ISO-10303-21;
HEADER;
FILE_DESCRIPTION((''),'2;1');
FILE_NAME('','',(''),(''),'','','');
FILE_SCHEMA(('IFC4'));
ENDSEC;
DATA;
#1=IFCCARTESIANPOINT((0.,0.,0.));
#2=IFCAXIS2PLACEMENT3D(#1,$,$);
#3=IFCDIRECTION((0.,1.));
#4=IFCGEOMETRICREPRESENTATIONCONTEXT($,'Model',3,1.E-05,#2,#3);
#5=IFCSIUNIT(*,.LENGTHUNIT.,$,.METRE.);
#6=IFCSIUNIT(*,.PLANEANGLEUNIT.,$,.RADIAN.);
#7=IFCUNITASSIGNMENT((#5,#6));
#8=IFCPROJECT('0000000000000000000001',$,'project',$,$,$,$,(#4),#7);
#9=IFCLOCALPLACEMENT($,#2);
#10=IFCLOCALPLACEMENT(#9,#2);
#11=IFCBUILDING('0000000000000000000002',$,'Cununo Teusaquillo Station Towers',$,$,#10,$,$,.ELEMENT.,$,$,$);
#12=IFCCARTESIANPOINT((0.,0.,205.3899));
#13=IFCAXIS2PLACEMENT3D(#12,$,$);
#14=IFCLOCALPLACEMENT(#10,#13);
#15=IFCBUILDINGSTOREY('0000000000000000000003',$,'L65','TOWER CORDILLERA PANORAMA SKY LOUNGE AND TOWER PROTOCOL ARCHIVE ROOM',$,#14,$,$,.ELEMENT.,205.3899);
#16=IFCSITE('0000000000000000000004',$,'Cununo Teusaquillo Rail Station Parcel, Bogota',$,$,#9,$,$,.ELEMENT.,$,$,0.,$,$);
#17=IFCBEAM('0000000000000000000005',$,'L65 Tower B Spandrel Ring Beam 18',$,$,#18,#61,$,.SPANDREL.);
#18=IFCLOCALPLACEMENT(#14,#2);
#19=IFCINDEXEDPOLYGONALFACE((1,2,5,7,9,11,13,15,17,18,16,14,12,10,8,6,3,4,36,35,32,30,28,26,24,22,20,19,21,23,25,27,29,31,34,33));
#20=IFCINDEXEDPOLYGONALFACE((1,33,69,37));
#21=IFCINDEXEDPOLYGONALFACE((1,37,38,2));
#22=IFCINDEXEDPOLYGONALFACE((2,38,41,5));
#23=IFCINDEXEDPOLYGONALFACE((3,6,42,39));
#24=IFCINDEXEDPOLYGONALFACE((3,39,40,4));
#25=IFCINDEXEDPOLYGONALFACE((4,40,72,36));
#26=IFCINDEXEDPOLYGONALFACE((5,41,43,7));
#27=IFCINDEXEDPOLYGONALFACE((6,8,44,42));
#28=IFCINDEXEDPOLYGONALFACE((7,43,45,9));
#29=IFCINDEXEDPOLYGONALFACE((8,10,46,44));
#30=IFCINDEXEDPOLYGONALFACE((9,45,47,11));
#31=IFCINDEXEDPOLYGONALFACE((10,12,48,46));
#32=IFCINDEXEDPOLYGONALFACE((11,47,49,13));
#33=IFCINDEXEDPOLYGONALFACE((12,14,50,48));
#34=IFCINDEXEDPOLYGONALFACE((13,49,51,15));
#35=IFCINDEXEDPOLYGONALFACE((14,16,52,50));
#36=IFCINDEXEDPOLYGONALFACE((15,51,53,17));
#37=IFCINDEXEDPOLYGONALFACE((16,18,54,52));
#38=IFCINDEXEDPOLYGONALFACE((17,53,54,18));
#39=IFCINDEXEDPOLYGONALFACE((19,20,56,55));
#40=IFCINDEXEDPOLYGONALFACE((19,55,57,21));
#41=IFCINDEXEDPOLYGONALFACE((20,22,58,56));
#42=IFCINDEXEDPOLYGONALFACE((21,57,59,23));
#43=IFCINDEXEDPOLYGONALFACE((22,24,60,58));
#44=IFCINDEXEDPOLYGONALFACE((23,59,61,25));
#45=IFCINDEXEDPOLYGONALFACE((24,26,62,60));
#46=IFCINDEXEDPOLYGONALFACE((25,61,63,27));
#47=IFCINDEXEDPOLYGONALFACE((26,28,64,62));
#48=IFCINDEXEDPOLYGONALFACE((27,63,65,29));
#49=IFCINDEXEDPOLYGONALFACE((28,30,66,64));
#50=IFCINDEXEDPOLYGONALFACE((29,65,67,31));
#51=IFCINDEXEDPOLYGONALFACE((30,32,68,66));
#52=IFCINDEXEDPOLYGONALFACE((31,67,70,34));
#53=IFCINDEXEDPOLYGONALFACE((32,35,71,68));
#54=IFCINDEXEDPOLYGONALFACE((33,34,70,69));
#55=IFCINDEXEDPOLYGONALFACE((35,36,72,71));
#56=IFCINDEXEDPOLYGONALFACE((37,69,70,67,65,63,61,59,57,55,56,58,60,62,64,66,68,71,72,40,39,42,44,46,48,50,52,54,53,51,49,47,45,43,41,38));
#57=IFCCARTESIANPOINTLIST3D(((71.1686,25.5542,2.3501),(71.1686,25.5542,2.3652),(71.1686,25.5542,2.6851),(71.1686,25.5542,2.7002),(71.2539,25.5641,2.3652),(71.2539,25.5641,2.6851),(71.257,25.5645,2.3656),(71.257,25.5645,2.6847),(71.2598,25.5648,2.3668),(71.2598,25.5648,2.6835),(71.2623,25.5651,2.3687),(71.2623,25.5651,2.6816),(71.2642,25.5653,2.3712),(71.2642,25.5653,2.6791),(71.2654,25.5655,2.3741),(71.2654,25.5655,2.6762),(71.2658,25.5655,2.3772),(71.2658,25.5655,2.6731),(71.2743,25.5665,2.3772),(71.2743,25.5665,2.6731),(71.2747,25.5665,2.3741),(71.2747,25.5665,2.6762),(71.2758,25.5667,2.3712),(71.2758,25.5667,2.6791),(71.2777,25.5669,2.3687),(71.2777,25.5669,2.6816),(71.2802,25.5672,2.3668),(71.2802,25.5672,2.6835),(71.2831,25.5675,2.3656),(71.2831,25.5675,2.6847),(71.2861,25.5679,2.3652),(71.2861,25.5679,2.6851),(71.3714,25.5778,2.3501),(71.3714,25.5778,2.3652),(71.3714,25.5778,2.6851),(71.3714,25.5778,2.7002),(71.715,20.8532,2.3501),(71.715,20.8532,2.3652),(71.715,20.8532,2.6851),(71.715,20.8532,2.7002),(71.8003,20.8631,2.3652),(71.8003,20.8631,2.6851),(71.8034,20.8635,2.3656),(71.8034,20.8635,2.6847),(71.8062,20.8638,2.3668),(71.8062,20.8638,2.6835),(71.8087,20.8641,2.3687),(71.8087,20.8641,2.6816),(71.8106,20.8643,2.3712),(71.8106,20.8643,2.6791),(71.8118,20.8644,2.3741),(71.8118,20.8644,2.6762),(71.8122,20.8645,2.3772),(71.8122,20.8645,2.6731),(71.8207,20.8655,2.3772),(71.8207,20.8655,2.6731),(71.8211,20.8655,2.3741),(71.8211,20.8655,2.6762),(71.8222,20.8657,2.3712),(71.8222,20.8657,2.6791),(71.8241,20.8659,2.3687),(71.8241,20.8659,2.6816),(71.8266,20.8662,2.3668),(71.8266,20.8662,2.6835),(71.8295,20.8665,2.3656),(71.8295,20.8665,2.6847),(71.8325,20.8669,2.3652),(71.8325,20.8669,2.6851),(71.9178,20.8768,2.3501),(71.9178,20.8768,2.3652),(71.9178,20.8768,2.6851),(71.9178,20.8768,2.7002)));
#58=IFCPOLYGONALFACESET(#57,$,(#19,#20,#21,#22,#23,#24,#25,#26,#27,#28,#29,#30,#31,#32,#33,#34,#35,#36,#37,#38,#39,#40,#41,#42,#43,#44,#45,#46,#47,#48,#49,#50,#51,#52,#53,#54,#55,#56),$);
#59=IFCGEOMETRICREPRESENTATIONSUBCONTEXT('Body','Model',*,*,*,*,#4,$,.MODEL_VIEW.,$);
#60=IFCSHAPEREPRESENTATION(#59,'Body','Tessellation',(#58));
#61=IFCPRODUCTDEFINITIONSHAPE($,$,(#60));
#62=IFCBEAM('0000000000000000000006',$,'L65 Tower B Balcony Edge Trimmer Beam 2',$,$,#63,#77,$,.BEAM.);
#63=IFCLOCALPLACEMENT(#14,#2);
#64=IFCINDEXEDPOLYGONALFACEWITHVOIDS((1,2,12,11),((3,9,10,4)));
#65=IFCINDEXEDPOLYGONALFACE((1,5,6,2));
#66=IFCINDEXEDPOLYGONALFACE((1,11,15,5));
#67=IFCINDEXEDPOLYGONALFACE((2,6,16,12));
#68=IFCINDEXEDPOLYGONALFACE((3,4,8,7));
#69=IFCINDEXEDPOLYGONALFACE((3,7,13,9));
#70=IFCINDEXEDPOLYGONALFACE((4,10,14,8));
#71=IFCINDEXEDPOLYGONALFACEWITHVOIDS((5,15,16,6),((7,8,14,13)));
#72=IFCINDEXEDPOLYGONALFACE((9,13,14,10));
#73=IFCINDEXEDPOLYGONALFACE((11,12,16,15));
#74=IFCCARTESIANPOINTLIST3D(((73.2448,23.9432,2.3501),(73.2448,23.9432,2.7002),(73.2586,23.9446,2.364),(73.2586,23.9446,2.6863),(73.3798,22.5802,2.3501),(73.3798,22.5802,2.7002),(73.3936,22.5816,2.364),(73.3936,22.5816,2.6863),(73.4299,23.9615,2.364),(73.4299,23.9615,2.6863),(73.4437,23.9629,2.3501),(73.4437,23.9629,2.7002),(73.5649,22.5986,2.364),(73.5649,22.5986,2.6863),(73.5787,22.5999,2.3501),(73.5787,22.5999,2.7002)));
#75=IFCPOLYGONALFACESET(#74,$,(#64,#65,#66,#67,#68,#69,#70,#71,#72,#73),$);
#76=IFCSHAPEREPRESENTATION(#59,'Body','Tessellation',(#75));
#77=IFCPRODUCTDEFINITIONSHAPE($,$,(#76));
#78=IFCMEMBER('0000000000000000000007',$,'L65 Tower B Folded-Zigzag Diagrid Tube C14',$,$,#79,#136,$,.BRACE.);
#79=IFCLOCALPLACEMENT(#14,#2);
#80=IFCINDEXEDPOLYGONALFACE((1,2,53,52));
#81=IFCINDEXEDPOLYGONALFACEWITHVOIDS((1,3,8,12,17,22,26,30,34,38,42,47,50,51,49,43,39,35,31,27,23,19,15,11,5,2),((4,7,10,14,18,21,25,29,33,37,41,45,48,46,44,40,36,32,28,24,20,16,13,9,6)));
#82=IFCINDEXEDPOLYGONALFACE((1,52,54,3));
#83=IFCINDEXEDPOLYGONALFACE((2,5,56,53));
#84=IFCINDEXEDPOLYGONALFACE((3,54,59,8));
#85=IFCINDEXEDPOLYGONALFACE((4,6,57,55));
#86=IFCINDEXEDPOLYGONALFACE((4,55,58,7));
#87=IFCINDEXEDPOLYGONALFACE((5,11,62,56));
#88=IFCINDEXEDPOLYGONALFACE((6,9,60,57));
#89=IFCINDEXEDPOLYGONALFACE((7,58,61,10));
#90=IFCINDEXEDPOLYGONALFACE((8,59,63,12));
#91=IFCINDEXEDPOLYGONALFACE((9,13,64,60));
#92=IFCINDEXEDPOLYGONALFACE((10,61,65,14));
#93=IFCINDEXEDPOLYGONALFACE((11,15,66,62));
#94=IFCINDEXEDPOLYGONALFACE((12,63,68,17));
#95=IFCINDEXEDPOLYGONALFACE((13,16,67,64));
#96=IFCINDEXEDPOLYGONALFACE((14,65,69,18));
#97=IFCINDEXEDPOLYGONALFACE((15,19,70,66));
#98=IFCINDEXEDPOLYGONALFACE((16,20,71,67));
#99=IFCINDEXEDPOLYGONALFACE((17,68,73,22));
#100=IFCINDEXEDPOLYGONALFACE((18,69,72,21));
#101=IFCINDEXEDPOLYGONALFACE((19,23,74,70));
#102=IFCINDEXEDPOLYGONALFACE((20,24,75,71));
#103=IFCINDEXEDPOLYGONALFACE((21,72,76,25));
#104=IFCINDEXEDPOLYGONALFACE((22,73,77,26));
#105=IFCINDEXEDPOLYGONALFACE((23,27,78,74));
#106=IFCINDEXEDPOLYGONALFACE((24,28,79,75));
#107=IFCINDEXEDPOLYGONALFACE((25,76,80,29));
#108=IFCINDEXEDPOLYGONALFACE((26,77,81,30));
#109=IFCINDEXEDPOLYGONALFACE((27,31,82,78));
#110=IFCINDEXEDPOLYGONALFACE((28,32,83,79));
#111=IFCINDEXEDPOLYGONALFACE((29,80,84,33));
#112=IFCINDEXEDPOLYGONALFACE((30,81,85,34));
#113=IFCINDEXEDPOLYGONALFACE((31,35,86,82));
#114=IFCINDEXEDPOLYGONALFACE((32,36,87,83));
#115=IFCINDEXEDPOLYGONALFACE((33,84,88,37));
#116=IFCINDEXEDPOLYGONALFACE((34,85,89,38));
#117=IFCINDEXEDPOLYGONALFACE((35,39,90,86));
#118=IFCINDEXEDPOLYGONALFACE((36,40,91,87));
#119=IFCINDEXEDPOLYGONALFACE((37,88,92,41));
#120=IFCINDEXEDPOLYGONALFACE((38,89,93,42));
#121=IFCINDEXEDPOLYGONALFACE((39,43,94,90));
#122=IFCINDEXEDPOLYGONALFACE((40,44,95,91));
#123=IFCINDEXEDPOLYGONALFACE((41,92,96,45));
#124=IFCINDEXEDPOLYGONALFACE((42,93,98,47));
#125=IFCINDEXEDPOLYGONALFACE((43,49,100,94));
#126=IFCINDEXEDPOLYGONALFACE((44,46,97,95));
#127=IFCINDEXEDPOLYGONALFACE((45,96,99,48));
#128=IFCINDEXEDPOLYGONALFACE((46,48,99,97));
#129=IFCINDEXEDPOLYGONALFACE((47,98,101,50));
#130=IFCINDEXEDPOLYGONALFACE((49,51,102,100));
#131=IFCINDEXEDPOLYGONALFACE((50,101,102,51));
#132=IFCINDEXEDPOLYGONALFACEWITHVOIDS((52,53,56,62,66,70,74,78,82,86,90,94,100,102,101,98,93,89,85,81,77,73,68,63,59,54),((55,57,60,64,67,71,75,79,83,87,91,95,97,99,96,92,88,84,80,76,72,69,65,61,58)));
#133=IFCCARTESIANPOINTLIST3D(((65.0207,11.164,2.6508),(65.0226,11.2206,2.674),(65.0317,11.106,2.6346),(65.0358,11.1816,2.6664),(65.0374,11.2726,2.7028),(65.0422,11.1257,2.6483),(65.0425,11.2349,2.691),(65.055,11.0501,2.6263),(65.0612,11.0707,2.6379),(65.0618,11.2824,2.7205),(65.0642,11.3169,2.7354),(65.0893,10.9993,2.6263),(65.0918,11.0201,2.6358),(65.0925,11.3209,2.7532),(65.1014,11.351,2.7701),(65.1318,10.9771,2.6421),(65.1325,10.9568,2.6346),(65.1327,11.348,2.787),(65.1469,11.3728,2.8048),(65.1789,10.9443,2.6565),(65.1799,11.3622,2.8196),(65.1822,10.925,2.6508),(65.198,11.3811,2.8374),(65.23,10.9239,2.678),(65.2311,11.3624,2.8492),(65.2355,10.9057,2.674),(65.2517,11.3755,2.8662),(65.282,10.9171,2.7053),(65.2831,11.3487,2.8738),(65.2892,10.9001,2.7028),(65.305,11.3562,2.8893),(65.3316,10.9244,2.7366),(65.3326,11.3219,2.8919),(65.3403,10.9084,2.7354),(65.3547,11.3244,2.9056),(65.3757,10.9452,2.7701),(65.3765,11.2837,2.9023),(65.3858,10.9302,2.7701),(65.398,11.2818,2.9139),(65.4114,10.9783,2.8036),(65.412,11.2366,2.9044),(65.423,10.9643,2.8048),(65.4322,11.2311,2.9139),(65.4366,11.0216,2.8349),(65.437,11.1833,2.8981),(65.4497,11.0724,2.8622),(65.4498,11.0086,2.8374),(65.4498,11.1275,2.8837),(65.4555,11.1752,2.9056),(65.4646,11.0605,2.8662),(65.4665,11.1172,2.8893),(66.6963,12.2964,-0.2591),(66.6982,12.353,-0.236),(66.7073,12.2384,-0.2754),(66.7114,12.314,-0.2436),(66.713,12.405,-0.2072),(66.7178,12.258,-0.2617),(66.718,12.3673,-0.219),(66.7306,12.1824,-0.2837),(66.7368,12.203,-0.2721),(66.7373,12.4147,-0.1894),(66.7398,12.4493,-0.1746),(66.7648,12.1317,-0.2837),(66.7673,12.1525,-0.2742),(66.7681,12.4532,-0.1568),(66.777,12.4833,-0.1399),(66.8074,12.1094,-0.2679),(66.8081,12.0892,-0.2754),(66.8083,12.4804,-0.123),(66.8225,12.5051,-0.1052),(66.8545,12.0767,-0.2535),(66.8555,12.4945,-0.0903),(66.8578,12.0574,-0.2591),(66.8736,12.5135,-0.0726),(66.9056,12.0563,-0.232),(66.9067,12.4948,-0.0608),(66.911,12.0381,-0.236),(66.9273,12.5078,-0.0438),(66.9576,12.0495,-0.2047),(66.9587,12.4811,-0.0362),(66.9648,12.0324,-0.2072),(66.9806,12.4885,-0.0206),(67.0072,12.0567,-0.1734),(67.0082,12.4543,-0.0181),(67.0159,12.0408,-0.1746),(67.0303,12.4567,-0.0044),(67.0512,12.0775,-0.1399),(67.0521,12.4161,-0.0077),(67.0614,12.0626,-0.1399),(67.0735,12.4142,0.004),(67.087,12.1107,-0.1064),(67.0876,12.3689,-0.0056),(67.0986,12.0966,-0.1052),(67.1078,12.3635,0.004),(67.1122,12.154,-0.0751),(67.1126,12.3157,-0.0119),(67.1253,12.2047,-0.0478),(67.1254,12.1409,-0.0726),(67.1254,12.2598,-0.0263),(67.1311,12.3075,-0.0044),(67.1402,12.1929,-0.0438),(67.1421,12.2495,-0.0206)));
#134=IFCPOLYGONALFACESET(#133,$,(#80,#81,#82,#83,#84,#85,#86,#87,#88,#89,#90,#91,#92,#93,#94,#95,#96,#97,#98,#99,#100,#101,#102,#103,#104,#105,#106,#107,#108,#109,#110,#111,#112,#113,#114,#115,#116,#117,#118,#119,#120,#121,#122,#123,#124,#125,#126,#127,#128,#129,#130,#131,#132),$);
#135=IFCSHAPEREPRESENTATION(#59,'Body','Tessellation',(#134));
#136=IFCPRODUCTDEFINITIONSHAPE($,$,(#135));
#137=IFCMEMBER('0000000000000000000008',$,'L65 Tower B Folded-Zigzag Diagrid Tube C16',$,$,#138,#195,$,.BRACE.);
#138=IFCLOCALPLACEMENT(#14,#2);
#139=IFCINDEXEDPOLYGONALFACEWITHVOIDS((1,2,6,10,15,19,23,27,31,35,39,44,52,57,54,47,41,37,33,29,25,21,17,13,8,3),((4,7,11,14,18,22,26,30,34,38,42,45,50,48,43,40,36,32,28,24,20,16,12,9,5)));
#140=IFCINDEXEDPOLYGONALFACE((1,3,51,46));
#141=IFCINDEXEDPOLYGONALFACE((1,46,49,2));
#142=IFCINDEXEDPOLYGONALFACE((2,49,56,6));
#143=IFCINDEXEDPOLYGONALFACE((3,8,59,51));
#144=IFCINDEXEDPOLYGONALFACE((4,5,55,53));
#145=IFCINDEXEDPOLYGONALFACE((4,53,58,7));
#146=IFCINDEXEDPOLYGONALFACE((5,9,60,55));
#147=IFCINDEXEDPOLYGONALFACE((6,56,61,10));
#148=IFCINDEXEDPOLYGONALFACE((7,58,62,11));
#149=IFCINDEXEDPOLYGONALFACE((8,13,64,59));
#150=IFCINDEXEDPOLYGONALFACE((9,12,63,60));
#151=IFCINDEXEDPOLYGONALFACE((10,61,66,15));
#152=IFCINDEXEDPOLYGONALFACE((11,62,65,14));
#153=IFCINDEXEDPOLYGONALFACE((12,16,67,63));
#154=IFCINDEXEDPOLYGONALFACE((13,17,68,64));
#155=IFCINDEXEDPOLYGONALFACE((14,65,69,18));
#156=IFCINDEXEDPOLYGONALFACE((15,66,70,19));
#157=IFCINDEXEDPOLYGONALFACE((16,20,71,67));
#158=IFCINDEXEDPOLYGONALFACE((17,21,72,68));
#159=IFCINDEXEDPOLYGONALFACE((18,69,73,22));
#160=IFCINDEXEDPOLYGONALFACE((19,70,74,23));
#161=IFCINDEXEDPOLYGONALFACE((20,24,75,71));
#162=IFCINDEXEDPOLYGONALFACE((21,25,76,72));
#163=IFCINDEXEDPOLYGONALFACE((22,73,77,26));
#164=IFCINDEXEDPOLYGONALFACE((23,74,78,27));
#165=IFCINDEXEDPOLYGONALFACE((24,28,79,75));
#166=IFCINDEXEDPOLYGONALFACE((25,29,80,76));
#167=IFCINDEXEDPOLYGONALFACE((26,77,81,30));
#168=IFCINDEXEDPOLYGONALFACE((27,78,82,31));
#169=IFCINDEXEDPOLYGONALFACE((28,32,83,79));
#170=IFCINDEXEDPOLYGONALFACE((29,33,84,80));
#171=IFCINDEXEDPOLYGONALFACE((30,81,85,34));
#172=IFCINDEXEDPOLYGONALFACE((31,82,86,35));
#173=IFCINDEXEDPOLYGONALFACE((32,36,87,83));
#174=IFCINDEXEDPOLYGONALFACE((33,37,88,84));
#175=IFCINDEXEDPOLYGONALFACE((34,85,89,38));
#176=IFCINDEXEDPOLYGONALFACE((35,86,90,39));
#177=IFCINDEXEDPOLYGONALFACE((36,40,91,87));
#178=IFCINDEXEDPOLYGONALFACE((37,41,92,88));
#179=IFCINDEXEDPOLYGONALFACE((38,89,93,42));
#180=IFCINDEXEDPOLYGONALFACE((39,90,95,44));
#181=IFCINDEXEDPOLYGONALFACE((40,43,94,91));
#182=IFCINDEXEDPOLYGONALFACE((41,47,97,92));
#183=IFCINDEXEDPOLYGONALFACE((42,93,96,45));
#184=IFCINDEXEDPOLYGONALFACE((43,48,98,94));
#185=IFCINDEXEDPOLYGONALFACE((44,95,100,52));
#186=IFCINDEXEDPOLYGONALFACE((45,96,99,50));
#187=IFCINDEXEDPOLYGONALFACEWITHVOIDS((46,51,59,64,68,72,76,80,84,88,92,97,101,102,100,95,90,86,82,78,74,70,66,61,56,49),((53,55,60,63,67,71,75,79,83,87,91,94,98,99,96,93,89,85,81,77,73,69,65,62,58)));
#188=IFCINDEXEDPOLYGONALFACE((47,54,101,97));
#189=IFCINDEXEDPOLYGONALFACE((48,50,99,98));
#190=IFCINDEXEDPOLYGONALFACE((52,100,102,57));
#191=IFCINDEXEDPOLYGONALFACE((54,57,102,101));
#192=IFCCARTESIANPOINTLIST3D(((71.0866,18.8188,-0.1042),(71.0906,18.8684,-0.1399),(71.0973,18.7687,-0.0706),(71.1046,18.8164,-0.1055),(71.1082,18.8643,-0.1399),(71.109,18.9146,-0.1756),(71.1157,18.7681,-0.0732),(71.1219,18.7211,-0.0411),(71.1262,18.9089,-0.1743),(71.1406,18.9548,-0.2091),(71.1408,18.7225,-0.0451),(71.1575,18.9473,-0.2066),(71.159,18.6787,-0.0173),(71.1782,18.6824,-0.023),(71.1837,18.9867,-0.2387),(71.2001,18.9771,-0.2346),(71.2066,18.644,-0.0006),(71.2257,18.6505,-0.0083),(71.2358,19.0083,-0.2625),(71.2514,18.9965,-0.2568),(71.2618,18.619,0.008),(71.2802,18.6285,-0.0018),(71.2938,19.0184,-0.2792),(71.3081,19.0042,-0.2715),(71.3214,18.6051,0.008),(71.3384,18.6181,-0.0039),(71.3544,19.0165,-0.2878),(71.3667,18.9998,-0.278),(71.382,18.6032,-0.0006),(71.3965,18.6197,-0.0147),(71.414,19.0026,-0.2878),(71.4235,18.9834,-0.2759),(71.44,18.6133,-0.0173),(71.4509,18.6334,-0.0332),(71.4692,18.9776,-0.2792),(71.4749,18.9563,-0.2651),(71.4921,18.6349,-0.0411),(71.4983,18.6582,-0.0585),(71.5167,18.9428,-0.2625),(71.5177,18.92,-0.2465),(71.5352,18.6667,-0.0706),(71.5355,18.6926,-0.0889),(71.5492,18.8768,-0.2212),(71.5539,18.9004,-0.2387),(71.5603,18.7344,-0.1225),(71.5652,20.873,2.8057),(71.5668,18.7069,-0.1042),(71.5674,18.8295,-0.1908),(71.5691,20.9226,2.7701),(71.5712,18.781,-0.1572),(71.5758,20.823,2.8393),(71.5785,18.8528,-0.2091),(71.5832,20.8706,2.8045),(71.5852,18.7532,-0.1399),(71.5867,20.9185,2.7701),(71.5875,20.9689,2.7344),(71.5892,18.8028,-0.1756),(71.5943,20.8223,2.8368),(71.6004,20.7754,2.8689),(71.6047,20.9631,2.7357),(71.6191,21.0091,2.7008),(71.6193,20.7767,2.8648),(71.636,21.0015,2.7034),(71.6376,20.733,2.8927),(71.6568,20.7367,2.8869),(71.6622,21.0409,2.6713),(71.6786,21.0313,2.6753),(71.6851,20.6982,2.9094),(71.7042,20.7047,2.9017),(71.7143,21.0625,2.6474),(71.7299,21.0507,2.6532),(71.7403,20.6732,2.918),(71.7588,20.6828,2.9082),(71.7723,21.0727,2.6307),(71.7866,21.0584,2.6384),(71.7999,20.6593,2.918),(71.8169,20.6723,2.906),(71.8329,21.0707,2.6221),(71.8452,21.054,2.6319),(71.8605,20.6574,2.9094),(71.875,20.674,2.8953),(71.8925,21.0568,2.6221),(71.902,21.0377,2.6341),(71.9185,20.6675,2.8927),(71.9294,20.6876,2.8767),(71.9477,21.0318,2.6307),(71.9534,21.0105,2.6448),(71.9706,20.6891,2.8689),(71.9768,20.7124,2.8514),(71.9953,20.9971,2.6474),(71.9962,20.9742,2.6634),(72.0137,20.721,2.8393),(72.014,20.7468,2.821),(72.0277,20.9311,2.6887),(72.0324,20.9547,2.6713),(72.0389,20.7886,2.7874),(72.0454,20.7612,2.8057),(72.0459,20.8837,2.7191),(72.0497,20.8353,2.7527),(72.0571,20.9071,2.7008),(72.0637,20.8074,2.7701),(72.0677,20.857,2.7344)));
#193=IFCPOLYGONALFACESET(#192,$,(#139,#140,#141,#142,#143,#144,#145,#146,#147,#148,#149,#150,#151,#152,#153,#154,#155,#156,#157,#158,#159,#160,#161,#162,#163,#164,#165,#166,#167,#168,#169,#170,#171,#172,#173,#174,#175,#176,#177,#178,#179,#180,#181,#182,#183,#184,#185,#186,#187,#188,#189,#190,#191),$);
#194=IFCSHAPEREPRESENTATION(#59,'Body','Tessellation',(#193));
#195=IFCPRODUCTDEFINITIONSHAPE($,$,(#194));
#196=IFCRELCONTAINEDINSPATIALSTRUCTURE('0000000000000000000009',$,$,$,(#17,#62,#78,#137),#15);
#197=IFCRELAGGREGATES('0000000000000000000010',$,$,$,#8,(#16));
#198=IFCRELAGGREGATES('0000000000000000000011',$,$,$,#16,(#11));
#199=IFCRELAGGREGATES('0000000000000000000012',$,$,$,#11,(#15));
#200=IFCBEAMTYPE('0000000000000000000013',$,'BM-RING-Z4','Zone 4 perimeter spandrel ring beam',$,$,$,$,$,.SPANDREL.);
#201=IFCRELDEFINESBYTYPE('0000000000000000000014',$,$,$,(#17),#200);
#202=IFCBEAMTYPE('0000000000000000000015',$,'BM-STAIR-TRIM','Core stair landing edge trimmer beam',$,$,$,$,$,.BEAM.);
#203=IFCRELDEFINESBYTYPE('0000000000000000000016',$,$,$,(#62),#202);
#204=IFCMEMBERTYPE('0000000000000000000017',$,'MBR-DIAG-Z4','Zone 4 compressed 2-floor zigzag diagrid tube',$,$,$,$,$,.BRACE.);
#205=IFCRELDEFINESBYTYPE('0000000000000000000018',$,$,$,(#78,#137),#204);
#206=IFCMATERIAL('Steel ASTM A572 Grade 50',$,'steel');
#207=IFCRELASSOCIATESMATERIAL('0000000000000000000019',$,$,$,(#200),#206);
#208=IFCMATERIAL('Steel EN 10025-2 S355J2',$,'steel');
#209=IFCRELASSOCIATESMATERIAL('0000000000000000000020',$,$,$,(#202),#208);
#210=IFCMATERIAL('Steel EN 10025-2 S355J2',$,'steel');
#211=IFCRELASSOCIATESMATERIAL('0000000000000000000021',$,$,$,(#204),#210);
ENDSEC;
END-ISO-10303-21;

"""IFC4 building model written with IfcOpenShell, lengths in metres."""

from ifc_helpers import new_model, si_unit, direction, frame, origin, origin_2d, place, context, subcontext, project, spatial, hollow_rectangle, hollow_circle, i_section, extrude, material, material_profile, profile_set, type_object, element, save


model = new_model("IFC4")

# Units and contexts
model_context = context("Model", 3, precision=1e-05, world=origin(), true_north=direction((0.0, 1.0)))
body_context = subcontext(model_context, "Body", "Model", "MODEL_VIEW")
ifc_project = project(units=[si_unit("LENGTHUNIT", "METRE"), si_unit("PLANEANGLEUNIT", "RADIAN")], contexts=[model_context])

# Site, building, storey
site_placement = place(None, origin())
site = spatial("IfcSite", under=ifc_project, at=site_placement, Name="Cununo Teusaquillo Rail Station Parcel, Bogota", CompositionType="ELEMENT", RefElevation=0.0)
building_placement = place(site_placement, origin())
building = spatial("IfcBuilding", under=site, at=building_placement, Name="Cununo Teusaquillo Station Towers", CompositionType="ELEMENT")
storey_placement = place(building_placement, frame((0.0, 0.0, 205.3899)))
storey = spatial("IfcBuildingStorey", under=building, at=storey_placement, Name="L65", Description="TOWER CORDILLERA PANORAMA SKY LOUNGE AND TOWER PROTOCOL ARCHIVE ROOM", CompositionType="ELEMENT", Elevation=205.3899)

# Beams
ifc_material_1 = material(Name="Steel ASTM A572 Grade 50", Category="steel")
ifc_material_profile_1 = material_profile(ifc_material_1, i_section(OverallWidth=0.2041, OverallDepth=0.3501, WebThickness=0.0085, FlangeThickness=0.0151, FilletRadius=0.012, at=origin_2d()), Name="W14X48")
ifc_profile_set_1 = profile_set([ifc_material_profile_1], Name="Steel ASTM A572 Grade 50")
beam_type_1 = type_object("IfcBeamType", Name="BM-RING-Z4", Description="Zone 4 perimeter spandrel ring beam", PredefinedType="SPANDREL", material=ifc_profile_set_1)
beam_1_placement = place(storey_placement, frame((71.8164, 20.865, 2.5251), z_axis=(-0.115452, 0.993313, 0.0), x_axis=(-0.993313, -0.115452, 0.0)))
element("IfcBeam", 1, at=beam_1_placement, inside=storey, type_object=beam_type_1, Name="L65 Tower B Spandrel Ring Beam 18", PredefinedType="SPANDREL", context=body_context, shape_type="SweptSolid", body=[
    extrude(i_section(OverallWidth=0.2041, OverallDepth=0.3501, WebThickness=0.0085, FlangeThickness=0.0151, FilletRadius=0.012, at=origin_2d()), origin(), (0.0, 0.0, 1.0), 4.7327),
])
ifc_material_2 = material(Name="Steel EN 10025-2 S355J2", Category="steel")
ifc_material_profile_2 = material_profile(ifc_material_2, hollow_rectangle(XDim=0.2, YDim=0.3501, WallThickness=0.0139, at=origin_2d()), Name="RHS 350x200x14")
ifc_profile_set_2 = profile_set([ifc_material_profile_2], Name="Steel EN 10025-2 S355J2")
beam_type_2 = type_object("IfcBeamType", Name="BM-STAIR-TRIM", Description="Core stair landing edge trimmer beam", PredefinedType="BEAM", material=ifc_profile_set_2)
beam_2_placement = place(storey_placement, frame((73.4792, 22.5901, 2.5251), z_axis=(-0.098568, 0.99513, 0.0), x_axis=(-0.99513, -0.098568, 0.0)))
element("IfcBeam", 2, at=beam_2_placement, inside=storey, type_object=beam_type_2, Name="L65 Tower B Balcony Edge Trimmer Beam 2", PredefinedType="BEAM", context=body_context, shape_type="SweptSolid", body=[
    extrude(hollow_rectangle(XDim=0.2, YDim=0.3501, WallThickness=0.0139, at=origin_2d()), origin(), (0.0, 0.0, 1.0), 1.3696),
])

# Members
ifc_material_3 = material(Name="Steel EN 10025-2 S355J2", Category="steel")
ifc_material_profile_3 = material_profile(ifc_material_3, hollow_circle(Radius=0.2539, WallThickness=0.0181, at=origin_2d()), Name="CHS 508x18")
ifc_profile_set_3 = profile_set([ifc_material_profile_3], Name="Steel EN 10025-2 S355J2")
member_type = type_object("IfcMemberType", Name="MBR-DIAG-Z4", Description="Zone 4 compressed 2-floor zigzag diagrid tube", PredefinedType="BRACE", material=ifc_profile_set_3)
member_1_placement = place(storey_placement, frame((66.9192, 12.2729, -0.1399), z_axis=(-0.472833, -0.31954, 0.821172), x_axis=(0.559927, -0.828542, 0.0)))
element("IfcMember", 3, at=member_1_placement, inside=storey, type_object=member_type, Name="L65 Tower B Folded-Zigzag Diagrid Tube C14", PredefinedType="BRACE", context=body_context, shape_type="SweptSolid", body=[
    extrude(hollow_circle(Radius=0.2539, WallThickness=0.0181, at=origin_2d()), origin(), (0.0, 0.0, 1.0), 3.5437),
])
member_2_placement = place(storey_placement, frame((71.3379, 18.8108, -0.1399), z_axis=(0.133146, 0.571575, 0.809675), x_axis=(-0.973925, 0.226871, 0.0)))
element("IfcMember", 4, at=member_2_placement, inside=storey, type_object=member_type, Name="L65 Tower B Folded-Zigzag Diagrid Tube C16", PredefinedType="BRACE", context=body_context, shape_type="SweptSolid", body=[
    extrude(hollow_circle(Radius=0.2539, WallThickness=0.0181, at=origin_2d()), origin(), (0.0, 0.0, 1.0), 3.594),
])

save(model, "model.ifc")
